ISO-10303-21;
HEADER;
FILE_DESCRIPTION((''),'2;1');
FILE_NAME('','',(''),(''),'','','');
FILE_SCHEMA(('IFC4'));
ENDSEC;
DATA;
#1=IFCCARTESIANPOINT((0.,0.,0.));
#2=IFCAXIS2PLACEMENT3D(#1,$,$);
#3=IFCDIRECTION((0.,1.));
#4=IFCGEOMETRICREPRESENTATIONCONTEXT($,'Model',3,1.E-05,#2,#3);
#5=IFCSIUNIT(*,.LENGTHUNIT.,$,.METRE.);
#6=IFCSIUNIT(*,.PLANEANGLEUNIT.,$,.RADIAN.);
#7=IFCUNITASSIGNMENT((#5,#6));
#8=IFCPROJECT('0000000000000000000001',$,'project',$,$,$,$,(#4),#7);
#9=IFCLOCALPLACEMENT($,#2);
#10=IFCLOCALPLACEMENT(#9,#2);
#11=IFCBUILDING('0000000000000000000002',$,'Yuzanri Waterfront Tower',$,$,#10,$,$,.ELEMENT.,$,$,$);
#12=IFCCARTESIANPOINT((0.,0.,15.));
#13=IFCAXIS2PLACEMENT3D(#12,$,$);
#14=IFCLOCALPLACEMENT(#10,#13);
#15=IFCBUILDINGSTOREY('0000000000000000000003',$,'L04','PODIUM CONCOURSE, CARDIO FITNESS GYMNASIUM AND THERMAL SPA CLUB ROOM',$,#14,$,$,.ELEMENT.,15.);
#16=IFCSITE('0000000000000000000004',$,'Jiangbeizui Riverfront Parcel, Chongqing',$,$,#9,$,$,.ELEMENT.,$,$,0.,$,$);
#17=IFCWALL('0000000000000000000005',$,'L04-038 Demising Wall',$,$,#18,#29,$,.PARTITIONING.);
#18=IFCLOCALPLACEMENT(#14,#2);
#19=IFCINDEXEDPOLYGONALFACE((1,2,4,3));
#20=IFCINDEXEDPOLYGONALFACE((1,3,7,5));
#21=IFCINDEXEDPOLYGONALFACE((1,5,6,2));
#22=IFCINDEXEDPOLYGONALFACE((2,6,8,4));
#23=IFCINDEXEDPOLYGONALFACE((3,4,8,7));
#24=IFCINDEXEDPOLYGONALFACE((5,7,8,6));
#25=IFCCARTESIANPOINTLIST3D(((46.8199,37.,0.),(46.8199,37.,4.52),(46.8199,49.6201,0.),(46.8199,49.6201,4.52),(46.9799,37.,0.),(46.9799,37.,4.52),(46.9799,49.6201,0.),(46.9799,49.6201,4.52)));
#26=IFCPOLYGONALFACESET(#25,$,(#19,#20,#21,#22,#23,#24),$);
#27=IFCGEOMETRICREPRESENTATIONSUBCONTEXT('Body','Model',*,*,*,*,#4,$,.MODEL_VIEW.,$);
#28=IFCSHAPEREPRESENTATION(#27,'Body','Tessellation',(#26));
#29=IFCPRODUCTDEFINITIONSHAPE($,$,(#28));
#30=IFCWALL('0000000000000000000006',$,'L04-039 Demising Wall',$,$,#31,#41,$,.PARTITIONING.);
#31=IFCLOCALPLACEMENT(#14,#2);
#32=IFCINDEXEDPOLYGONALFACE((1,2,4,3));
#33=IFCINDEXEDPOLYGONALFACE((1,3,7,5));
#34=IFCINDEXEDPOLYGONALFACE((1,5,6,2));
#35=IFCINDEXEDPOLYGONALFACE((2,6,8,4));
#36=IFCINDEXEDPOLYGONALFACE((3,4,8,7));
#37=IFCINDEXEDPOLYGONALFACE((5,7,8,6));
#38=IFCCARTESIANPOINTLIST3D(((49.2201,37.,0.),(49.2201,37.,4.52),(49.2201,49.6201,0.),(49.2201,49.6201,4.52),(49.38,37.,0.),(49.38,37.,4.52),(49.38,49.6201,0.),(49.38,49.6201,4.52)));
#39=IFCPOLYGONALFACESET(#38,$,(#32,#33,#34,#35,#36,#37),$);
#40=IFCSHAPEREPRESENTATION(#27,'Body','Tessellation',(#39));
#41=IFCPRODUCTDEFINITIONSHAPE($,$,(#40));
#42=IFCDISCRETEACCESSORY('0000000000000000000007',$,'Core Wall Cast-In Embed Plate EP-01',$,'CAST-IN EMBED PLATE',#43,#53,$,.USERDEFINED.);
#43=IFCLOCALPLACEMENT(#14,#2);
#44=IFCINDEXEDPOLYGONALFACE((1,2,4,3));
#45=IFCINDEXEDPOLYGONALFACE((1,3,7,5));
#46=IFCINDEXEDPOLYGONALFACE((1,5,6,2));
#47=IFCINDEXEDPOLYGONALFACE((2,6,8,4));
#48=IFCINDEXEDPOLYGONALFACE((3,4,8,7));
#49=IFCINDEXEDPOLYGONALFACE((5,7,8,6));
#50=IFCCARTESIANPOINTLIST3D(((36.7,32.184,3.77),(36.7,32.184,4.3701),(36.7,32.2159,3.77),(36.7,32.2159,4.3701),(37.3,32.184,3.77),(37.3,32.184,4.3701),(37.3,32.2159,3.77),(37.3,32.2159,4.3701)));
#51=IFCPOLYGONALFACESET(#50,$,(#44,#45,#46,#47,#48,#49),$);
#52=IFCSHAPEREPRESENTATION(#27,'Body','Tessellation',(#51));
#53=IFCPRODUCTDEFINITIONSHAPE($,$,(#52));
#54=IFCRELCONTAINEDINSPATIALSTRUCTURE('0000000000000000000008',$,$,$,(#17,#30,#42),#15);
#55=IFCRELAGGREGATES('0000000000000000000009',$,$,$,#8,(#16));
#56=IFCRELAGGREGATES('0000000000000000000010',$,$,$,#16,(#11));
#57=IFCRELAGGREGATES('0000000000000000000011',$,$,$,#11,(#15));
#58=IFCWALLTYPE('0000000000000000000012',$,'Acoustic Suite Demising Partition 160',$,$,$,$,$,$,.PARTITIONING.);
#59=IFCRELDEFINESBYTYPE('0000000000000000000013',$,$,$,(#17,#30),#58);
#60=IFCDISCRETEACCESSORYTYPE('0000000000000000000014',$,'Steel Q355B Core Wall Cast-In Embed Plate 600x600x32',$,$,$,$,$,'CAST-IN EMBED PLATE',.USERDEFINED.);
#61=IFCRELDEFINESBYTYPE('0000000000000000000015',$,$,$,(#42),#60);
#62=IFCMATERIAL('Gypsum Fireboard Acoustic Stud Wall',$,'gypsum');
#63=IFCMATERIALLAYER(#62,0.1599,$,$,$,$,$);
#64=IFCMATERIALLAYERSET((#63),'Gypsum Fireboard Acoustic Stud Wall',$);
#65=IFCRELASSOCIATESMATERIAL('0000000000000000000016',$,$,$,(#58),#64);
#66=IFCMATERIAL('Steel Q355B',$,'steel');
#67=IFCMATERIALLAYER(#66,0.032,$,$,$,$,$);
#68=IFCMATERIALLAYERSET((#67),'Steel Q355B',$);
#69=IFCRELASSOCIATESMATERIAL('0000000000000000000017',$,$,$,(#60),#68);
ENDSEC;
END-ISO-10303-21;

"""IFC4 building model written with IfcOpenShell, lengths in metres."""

from ifc_helpers import new_model, si_unit, direction, frame, frame_2d, origin, origin_2d, place, context, subcontext, project, spatial, rectangle, extrude, source, transform, mapped, material, layer, layer_set, type_object, element, save


model = new_model("IFC4")

# Units and contexts
model_context = context("Model", 3, precision=1e-05, world=origin(), true_north=direction((0.0, 1.0)))
body_context = subcontext(model_context, "Body", "Model", "MODEL_VIEW")
ifc_project = project(units=[si_unit("LENGTHUNIT", "METRE"), si_unit("PLANEANGLEUNIT", "RADIAN")], contexts=[model_context])

# Site, building, storey
site_placement = place(None, origin())
site = spatial("IfcSite", under=ifc_project, at=site_placement, Name="Jiangbeizui Riverfront Parcel, Chongqing", CompositionType="ELEMENT", RefElevation=0.0)
building_placement = place(site_placement, origin())
building = spatial("IfcBuilding", under=site, at=building_placement, Name="Yuzanri Waterfront Tower", CompositionType="ELEMENT")
storey_placement = place(building_placement, frame((0.0, 0.0, 15.0)))
storey = spatial("IfcBuildingStorey", under=building, at=storey_placement, Name="L04", Description="PODIUM CONCOURSE, CARDIO FITNESS GYMNASIUM AND THERMAL SPA CLUB ROOM", CompositionType="ELEMENT", Elevation=15.0)

# Walls
ifc_material_1 = material(Name="Gypsum Fireboard Acoustic Stud Wall", Category="gypsum")
ifc_layer_1 = layer(ifc_material_1, 0.1599)
ifc_layer_set_1 = layer_set([ifc_layer_1], Name="Gypsum Fireboard Acoustic Stud Wall")
wall_type_1 = type_object("IfcWallType", Name="Acoustic Suite Demising Partition 160", PredefinedType="PARTITIONING", material=ifc_layer_set_1)
shared_shape_1 = source(origin(), body_context, "Body", "SweptSolid", [
    extrude(rectangle(XDim=12.6201, YDim=0.1599, at=frame_2d((6.3101, 0.0))), origin(), (0.0, 0.0, 1.0), 4.52),
])
for number, where, z_axis, x_axis, name in (
    (1, (46.8999, 37.0, 0.0), (0.0, 0.0, 1.0), (0.0, 1.0, 0.0), "L04-038 Demising Wall"),
    (2, (49.3, 37.0, 0.0), (0.0, 0.0, 1.0), (0.0, 1.0, 0.0), "L04-039 Demising Wall"),
):
    element("IfcWall", number, at=place(storey_placement, frame(where, z_axis=z_axis, x_axis=x_axis)), inside=storey, type_object=wall_type_1, Name=name, PredefinedType="PARTITIONING", context=body_context, shape_type="MappedRepresentation", body=[
        mapped(shared_shape_1, transform((0.0, 0.0, 0.0), scale=1.0)),
    ])

# Discrete accessory
ifc_material_2 = material(Name="Steel Q355B", Category="steel")
ifc_layer_2 = layer(ifc_material_2, 0.032)
ifc_layer_set_2 = layer_set([ifc_layer_2], Name="Steel Q355B")
discrete_accessory_type = type_object("IfcDiscreteAccessoryType", Name="Steel Q355B Core Wall Cast-In Embed Plate 600x600x32", ElementType="CAST-IN EMBED PLATE", PredefinedType="USERDEFINED", material=ifc_layer_set_2)
shared_shape_2 = source(origin(), body_context, "Body", "SweptSolid", [
    extrude(rectangle(XDim=0.6001, YDim=0.032, at=origin_2d()), origin(), (0.0, 0.0, 1.0), 0.6001),
])
discrete_accessory_placement = place(storey_placement, frame((37.0, 32.2, 3.77), z_axis=(0.0, 0.0, 1.0), x_axis=(1.0, 0.0, 0.0)))
element("IfcDiscreteAccessory", 3, at=discrete_accessory_placement, inside=storey, type_object=discrete_accessory_type, Name="Core Wall Cast-In Embed Plate EP-01", ObjectType="CAST-IN EMBED PLATE", PredefinedType="USERDEFINED", context=body_context, shape_type="MappedRepresentation", body=[
    mapped(shared_shape_2, transform((0.0, 0.0, 0.0), scale=1.0)),
])

save(model, "model.ifc")
